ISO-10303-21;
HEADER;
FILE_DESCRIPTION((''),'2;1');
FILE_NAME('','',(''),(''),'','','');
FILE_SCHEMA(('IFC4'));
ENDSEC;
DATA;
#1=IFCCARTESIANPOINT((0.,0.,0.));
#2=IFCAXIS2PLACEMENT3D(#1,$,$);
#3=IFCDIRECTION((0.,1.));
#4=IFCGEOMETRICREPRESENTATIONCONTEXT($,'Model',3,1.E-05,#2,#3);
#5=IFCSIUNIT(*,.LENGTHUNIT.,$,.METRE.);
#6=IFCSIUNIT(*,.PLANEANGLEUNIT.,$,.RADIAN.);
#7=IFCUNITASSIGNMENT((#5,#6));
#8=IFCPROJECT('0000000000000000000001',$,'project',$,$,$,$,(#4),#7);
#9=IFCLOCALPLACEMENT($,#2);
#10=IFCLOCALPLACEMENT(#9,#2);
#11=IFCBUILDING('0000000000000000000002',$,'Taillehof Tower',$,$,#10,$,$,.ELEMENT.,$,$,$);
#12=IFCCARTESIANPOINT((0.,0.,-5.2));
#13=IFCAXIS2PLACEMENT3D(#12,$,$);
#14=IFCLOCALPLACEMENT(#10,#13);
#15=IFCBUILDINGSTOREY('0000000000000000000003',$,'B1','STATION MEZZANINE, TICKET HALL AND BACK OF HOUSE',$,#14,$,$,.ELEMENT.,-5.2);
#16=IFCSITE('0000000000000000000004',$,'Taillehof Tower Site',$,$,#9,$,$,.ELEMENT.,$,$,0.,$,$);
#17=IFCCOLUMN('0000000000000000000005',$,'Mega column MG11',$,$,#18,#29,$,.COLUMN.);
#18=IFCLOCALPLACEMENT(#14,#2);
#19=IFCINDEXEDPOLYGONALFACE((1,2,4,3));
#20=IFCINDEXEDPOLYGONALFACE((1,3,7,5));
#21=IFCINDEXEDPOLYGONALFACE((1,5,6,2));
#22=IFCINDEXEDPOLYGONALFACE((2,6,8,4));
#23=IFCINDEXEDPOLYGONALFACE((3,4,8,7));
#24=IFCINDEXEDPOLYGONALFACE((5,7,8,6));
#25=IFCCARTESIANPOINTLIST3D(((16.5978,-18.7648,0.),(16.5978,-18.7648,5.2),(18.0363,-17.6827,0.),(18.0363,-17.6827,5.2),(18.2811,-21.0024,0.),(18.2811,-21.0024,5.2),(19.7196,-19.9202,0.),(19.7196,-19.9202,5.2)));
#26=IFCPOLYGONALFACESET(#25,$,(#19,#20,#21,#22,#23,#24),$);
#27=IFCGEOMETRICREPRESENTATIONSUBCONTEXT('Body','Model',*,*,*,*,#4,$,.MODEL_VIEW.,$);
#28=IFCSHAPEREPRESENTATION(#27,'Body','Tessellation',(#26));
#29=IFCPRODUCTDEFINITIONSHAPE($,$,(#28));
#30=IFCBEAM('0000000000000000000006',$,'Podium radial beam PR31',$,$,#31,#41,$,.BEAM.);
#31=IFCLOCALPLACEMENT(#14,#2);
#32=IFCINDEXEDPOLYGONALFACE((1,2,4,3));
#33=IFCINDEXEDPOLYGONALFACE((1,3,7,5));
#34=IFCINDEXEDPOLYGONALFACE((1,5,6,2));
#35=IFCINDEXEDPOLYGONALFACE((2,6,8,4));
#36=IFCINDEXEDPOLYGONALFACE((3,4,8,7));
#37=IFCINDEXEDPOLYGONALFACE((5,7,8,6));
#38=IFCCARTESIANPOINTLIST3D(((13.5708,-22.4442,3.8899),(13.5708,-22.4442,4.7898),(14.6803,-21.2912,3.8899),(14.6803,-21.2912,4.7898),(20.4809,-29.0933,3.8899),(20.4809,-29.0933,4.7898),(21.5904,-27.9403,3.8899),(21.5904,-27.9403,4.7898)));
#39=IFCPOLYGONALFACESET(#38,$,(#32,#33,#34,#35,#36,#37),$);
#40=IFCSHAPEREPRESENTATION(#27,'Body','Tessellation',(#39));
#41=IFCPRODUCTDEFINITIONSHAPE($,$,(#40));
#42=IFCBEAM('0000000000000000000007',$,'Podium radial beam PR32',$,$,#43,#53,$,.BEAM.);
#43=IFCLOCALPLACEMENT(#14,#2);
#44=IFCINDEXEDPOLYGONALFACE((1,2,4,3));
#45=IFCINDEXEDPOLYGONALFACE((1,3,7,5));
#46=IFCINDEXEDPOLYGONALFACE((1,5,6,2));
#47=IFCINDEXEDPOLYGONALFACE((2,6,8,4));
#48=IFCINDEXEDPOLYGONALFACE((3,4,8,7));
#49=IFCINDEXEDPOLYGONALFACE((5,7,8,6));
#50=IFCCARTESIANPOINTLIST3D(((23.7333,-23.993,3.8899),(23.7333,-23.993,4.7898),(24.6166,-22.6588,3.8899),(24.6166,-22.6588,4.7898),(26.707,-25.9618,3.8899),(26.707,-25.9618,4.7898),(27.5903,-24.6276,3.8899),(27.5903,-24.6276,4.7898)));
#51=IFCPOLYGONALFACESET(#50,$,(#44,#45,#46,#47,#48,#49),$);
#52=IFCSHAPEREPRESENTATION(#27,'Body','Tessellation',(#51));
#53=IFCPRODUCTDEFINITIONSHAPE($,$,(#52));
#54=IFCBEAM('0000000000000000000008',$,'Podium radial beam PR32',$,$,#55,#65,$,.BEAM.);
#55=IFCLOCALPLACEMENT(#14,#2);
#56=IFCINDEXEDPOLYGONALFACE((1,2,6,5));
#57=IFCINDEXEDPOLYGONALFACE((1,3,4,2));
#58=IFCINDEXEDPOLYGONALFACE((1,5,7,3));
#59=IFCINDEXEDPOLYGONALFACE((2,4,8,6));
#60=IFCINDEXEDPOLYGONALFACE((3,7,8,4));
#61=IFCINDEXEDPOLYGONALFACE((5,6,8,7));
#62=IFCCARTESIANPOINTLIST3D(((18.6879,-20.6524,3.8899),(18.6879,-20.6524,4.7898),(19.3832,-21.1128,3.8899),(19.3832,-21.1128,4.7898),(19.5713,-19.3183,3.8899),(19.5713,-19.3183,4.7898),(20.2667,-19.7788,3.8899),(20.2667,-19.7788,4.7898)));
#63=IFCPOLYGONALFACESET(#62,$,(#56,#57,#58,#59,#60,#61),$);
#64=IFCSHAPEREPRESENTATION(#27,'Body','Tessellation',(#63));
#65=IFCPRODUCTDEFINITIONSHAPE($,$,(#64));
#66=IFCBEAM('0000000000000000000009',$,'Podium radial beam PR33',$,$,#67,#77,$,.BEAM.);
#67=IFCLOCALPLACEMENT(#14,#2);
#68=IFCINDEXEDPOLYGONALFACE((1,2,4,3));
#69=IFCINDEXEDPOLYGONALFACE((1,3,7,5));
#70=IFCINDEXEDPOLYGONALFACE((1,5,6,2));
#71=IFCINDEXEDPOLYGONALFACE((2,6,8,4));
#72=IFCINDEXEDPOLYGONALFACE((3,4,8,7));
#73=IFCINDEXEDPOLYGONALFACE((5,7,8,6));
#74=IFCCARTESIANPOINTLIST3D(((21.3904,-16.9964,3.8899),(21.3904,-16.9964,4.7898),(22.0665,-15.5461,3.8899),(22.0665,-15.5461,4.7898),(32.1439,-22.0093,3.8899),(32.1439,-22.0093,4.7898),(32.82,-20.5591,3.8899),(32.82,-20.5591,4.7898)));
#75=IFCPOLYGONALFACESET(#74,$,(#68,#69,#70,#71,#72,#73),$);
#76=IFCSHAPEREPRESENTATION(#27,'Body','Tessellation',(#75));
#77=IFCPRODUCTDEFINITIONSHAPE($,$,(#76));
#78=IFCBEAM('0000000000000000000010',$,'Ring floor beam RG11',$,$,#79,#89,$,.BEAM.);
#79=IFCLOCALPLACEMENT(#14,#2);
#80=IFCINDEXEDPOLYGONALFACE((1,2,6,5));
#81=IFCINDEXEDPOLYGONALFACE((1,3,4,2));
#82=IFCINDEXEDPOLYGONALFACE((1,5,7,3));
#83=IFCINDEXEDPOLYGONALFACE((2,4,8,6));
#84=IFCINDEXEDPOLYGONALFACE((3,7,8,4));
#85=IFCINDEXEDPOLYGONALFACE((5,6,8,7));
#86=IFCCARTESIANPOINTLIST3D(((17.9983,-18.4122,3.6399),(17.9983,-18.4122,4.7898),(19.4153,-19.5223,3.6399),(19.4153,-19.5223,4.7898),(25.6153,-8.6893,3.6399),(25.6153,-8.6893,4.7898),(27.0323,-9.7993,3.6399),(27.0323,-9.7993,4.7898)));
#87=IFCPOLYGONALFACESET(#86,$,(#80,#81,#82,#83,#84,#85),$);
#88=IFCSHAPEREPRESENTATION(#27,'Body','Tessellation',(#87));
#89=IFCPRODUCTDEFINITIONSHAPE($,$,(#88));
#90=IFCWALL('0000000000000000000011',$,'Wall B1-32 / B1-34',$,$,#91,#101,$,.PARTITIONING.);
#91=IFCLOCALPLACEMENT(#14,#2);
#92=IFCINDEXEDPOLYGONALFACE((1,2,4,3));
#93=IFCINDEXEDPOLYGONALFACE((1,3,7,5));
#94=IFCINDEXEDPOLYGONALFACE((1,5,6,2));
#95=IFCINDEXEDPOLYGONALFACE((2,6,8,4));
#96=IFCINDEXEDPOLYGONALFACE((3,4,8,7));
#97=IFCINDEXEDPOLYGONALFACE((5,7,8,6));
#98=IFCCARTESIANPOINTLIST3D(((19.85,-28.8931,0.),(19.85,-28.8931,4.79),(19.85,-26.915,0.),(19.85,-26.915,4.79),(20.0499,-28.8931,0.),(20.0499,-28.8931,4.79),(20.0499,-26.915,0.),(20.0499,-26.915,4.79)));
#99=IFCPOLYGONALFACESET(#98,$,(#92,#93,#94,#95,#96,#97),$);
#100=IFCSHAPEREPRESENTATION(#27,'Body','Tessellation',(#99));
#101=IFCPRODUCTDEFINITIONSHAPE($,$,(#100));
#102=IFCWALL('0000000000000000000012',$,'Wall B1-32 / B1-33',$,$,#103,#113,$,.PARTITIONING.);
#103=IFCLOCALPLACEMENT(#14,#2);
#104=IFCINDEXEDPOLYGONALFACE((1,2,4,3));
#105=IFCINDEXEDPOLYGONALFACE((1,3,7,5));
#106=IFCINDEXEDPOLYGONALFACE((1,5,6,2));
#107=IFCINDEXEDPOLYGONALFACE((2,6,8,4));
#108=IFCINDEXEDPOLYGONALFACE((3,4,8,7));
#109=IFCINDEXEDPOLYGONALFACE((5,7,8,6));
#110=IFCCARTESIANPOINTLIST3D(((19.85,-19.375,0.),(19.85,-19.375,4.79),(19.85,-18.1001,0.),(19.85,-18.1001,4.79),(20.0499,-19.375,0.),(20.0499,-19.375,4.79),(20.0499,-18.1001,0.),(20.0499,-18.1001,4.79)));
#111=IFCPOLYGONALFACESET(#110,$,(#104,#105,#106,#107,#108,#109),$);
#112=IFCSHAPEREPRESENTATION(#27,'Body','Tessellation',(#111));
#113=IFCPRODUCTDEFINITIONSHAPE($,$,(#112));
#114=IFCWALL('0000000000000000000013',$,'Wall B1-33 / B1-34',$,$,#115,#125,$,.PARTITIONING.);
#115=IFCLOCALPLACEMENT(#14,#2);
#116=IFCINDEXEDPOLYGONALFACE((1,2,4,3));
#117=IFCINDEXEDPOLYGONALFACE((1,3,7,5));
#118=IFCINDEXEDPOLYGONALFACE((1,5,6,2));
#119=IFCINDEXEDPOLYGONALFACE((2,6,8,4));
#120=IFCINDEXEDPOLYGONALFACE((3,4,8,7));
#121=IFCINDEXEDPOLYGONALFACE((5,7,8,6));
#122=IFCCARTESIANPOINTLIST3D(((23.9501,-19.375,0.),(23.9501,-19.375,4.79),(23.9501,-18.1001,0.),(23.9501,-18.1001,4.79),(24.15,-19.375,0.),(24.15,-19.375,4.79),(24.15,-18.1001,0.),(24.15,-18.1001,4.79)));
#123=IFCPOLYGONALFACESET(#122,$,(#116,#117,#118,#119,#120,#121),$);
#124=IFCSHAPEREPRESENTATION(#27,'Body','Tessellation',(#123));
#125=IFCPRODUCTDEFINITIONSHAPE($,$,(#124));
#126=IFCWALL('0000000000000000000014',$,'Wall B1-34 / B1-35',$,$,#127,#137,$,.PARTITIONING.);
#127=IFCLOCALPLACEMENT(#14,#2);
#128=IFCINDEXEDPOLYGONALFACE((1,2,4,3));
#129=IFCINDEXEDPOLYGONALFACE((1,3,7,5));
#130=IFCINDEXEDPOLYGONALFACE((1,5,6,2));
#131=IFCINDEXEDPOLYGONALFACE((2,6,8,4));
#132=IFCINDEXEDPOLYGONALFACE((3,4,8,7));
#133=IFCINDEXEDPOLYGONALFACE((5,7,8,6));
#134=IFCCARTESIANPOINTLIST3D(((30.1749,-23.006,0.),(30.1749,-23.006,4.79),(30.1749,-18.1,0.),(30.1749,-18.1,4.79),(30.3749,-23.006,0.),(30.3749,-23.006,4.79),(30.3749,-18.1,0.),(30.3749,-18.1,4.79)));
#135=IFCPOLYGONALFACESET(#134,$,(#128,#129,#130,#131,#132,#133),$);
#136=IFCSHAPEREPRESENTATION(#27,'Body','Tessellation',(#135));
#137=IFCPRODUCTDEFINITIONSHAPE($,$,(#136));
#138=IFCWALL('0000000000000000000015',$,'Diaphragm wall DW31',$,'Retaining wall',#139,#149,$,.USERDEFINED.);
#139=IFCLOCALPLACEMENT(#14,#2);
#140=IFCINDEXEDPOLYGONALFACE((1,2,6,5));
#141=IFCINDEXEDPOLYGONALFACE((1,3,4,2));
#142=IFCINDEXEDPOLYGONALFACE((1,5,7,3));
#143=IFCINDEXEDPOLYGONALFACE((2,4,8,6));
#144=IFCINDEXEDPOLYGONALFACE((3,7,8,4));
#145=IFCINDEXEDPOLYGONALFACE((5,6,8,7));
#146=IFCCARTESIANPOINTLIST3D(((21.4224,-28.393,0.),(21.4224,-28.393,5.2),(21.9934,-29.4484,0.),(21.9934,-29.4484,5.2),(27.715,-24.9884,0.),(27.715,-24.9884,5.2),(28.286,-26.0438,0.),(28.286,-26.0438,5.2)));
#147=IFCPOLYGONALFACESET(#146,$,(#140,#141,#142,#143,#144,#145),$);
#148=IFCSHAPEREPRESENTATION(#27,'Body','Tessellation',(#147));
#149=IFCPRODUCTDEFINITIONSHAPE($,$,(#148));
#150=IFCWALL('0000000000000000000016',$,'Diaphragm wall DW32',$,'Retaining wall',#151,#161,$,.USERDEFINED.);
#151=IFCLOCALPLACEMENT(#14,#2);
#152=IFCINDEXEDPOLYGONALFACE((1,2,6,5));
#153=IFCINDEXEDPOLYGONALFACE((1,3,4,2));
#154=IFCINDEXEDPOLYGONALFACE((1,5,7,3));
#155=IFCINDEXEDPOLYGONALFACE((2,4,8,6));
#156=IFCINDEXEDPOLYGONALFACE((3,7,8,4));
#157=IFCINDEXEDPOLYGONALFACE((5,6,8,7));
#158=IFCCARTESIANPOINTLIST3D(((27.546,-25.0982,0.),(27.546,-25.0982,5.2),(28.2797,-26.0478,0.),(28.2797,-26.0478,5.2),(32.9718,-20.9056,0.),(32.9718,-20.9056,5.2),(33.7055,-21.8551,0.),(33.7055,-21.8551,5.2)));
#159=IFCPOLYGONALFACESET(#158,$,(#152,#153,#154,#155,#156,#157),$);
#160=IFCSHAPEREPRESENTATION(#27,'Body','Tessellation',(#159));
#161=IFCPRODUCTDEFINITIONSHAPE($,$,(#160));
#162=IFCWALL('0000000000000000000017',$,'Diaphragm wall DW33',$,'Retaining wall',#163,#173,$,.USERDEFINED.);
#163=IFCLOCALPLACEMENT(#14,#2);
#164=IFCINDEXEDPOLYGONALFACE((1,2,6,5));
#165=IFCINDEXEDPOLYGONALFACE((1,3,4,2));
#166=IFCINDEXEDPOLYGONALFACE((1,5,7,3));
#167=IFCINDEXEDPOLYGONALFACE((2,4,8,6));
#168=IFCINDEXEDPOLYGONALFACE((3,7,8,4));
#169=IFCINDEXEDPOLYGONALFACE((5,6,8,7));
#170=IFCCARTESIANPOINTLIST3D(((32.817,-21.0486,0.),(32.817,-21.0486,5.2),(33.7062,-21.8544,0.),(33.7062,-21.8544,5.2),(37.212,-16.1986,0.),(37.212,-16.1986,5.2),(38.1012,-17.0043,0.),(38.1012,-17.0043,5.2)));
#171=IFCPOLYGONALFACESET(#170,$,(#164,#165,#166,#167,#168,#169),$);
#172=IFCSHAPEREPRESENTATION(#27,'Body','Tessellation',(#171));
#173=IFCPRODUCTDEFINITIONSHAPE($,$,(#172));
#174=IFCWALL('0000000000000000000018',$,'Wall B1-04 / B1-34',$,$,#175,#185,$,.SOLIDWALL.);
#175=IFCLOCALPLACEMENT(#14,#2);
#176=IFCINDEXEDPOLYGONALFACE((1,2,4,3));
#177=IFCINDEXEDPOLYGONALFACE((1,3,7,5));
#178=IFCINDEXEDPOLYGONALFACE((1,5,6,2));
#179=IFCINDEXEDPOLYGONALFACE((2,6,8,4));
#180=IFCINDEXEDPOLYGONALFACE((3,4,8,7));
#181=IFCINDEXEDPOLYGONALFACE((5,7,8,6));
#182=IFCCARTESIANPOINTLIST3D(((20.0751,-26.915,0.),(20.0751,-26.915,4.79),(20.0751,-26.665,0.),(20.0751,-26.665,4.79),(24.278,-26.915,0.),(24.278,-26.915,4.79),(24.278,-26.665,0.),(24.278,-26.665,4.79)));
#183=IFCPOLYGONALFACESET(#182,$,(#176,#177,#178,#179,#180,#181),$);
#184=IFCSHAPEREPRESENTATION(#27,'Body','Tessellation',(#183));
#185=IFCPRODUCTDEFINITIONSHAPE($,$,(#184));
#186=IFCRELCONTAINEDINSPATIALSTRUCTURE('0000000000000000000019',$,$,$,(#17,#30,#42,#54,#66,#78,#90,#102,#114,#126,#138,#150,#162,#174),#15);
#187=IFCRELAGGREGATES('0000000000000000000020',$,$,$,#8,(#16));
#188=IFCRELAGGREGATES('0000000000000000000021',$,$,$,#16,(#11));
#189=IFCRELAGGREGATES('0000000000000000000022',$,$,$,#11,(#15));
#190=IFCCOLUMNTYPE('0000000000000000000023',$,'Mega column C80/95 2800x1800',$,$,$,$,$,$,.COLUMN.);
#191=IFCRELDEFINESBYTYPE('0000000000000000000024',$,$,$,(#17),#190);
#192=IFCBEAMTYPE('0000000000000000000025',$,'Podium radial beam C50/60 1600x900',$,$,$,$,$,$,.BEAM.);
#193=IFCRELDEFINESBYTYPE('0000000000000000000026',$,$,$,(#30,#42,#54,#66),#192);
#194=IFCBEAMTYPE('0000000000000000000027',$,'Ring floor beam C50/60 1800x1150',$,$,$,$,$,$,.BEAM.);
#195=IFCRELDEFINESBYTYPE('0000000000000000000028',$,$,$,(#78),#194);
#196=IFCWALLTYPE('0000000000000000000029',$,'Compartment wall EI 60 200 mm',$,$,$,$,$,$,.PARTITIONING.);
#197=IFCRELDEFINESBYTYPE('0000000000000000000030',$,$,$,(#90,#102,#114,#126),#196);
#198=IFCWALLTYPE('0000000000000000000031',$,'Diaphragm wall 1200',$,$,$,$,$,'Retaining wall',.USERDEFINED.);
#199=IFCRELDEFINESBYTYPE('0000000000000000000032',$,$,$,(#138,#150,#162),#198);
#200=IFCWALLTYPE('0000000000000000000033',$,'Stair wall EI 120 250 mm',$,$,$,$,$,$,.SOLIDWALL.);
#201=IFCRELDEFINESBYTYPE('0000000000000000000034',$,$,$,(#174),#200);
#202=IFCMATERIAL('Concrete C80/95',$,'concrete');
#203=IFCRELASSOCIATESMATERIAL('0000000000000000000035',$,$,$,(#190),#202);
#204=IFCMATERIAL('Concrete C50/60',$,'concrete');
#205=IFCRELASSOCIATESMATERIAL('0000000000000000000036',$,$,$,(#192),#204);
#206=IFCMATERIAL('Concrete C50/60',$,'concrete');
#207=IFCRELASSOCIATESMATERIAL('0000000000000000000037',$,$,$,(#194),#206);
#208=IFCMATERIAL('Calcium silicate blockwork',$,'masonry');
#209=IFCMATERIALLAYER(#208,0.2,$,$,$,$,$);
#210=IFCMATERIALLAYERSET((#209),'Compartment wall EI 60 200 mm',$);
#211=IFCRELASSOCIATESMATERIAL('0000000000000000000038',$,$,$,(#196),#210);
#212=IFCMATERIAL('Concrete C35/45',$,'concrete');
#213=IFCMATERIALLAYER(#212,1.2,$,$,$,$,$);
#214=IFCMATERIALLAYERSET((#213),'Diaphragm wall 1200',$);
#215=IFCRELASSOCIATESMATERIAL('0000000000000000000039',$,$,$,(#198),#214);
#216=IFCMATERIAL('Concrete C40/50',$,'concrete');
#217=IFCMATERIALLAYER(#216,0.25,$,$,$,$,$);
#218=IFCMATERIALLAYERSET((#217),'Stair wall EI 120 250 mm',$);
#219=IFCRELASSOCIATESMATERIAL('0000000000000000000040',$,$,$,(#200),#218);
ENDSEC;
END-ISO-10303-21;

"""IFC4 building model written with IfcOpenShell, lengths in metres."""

from ifc_helpers import new_model, si_unit, direction, frame, frame_2d, origin, origin_2d, place, context, subcontext, project, spatial, rectangle, extrude, material, layer, layer_set, material_profile, profile_set, type_object, element, save


model = new_model("IFC4")

# Units and contexts
model_context = context("Model", 3, precision=1e-05, world=origin(), true_north=direction((0.0, 1.0)))
body_context = subcontext(model_context, "Body", "Model", "MODEL_VIEW")
ifc_project = project(units=[si_unit("LENGTHUNIT", "METRE"), si_unit("PLANEANGLEUNIT", "RADIAN")], contexts=[model_context])

# Site, building, storey
site_placement = place(None, origin())
site = spatial("IfcSite", under=ifc_project, at=site_placement, Name="Taillehof Tower Site", CompositionType="ELEMENT", RefElevation=0.0)
building_placement = place(site_placement, origin())
building = spatial("IfcBuilding", under=site, at=building_placement, Name="Taillehof Tower", CompositionType="ELEMENT")
storey_placement = place(building_placement, frame((0.0, 0.0, -5.2)))
storey = spatial("IfcBuildingStorey", under=building, at=storey_placement, Name="B1", Description="STATION MEZZANINE, TICKET HALL AND BACK OF HOUSE", CompositionType="ELEMENT", Elevation=-5.2)

# Column
ifc_material_1 = material(Name="Concrete C80/95", Category="concrete")
ifc_material_profile_1 = material_profile(ifc_material_1, rectangle(XDim=2.8, YDim=1.8, at=origin_2d()), Name="RC 2800x1800")
ifc_profile_set_1 = profile_set([ifc_material_profile_1], Name="Concrete C80/95")
column_type = type_object("IfcColumnType", Name="Mega column C80/95 2800x1800", PredefinedType="COLUMN", material=ifc_profile_set_1)
column_placement = place(storey_placement, frame((18.1587, -19.3425, 0.0), z_axis=(0.0, 0.0, 1.0), x_axis=(0.601174, -0.799118, 0.0)))
element("IfcColumn", 1, at=column_placement, inside=storey, type_object=column_type, Name="Mega column MG11", PredefinedType="COLUMN", context=body_context, shape_type="SweptSolid", body=[
    extrude(rectangle(XDim=2.8, YDim=1.8, at=origin_2d()), origin(), (0.0, 0.0, 1.0), 5.2),
])

# Beams
ifc_material_2 = material(Name="Concrete C50/60", Category="concrete")
ifc_material_profile_2 = material_profile(ifc_material_2, rectangle(XDim=1.6001, YDim=0.8999, at=origin_2d()), Name="RC 1600x900")
ifc_profile_set_2 = profile_set([ifc_material_profile_2], Name="Concrete C50/60")
beam_type_1 = type_object("IfcBeamType", Name="Podium radial beam C50/60 1600x900", PredefinedType="BEAM", material=ifc_profile_set_2)
beam_1_placement = place(storey_placement, frame((21.0356, -28.5168, 4.3398), z_axis=(-0.720584, 0.693368, 0.0), x_axis=(-0.693368, -0.720584, 0.0)))
element("IfcBeam", 2, at=beam_1_placement, inside=storey, type_object=beam_type_1, Name="Podium radial beam PR31", PredefinedType="BEAM", context=body_context, shape_type="SweptSolid", body=[
    extrude(rectangle(XDim=1.6001, YDim=0.8999, at=origin_2d()), origin(), (0.0, 0.0, 1.0), 9.5896),
])
beam_2_placement = place(storey_placement, frame((27.1487, -25.2947, 4.3398), z_axis=(-0.833815, 0.552043, 0.0), x_axis=(-0.552043, -0.833815, 0.0)))
element("IfcBeam", 3, at=beam_2_placement, inside=storey, type_object=beam_type_1, Name="Podium radial beam PR32", PredefinedType="BEAM", context=body_context, shape_type="SweptSolid", body=[
    extrude(rectangle(XDim=1.6001, YDim=0.8999, at=origin_2d()), origin(), (0.0, 0.0, 1.0), 3.5664),
])
beam_3_placement = place(storey_placement, frame((19.825, -20.4458, 4.3398), z_axis=(-0.833758, 0.55213, 0.0), x_axis=(-0.55213, -0.833758, 0.0)))
element("IfcBeam", 4, at=beam_3_placement, inside=storey, type_object=beam_type_1, Name="Podium radial beam PR32", PredefinedType="BEAM", context=body_context, shape_type="SweptSolid", body=[
    extrude(rectangle(XDim=1.6001, YDim=0.8999, at=origin_2d()), origin(), (0.0, 0.0, 1.0), 0.834),
])
beam_4_placement = place(storey_placement, frame((32.4819, -21.2842, 4.3398), z_axis=(-0.906355, 0.422517, 0.0), x_axis=(-0.422517, -0.906355, 0.0)))
element("IfcBeam", 5, at=beam_4_placement, inside=storey, type_object=beam_type_1, Name="Podium radial beam PR33", PredefinedType="BEAM", context=body_context, shape_type="SweptSolid", body=[
    extrude(rectangle(XDim=1.6001, YDim=0.8999, at=origin_2d()), origin(), (0.0, 0.0, 1.0), 11.8645),
])
ifc_material_3 = material(Name="Concrete C50/60", Category="concrete")
ifc_material_profile_3 = material_profile(ifc_material_3, rectangle(XDim=1.8, YDim=1.1499, at=origin_2d()), Name="RC 1800x1150")
ifc_profile_set_3 = profile_set([ifc_material_profile_3], Name="Concrete C50/60")
beam_type_2 = type_object("IfcBeamType", Name="Ring floor beam C50/60 1800x1150", PredefinedType="BEAM", material=ifc_profile_set_3)
beam_5_placement = place(storey_placement, frame((18.7068, -18.9673, 4.2148), z_axis=(0.616696, 0.787202, 0.0), x_axis=(-0.787202, 0.616696, 0.0)))
element("IfcBeam", 6, at=beam_5_placement, inside=storey, type_object=beam_type_2, Name="Ring floor beam RG11", PredefinedType="BEAM", context=body_context, shape_type="SweptSolid", body=[
    extrude(rectangle(XDim=1.8, YDim=1.1499, at=origin_2d()), origin(), (0.0, 0.0, 1.0), 12.3513),
])

# Walls
ifc_material_4 = material(Name="Calcium silicate blockwork", Category="masonry")
ifc_layer_1 = layer(ifc_material_4, 0.2)
ifc_layer_set_1 = layer_set([ifc_layer_1], Name="Compartment wall EI 60 200 mm")
wall_type_1 = type_object("IfcWallType", Name="Compartment wall EI 60 200 mm", PredefinedType="PARTITIONING", material=ifc_layer_set_1)
wall_1_placement = place(storey_placement, frame((19.95, -28.8931, 0.0), z_axis=(0.0, 0.0, 1.0), x_axis=(0.0, 1.0, 0.0)))
element("IfcWall", 7, at=wall_1_placement, inside=storey, type_object=wall_type_1, Name="Wall B1-32 / B1-34", PredefinedType="PARTITIONING", context=body_context, shape_type="SweptSolid", body=[
    extrude(rectangle(XDim=1.978, YDim=0.2, at=frame_2d((0.989, 0.0))), origin(), (0.0, 0.0, 1.0), 4.79),
])
for number, where, z_axis, x_axis, name in (
    (8, (19.95, -19.375, 0.0), (0.0, 0.0, 1.0), (0.0, 1.0, 0.0), "Wall B1-32 / B1-33"),
    (9, (24.05, -19.375, 0.0), (0.0, 0.0, 1.0), (0.0, 1.0, 0.0), "Wall B1-33 / B1-34"),
):
    element("IfcWall", number, at=place(storey_placement, frame(where, z_axis=z_axis, x_axis=x_axis)), inside=storey, type_object=wall_type_1, Name=name, PredefinedType="PARTITIONING", context=body_context, shape_type="SweptSolid", body=[
        extrude(rectangle(XDim=1.2749, YDim=0.2, at=frame_2d((0.6375, 0.0))), origin(), (0.0, 0.0, 1.0), 4.79),
    ])
wall_2_placement = place(storey_placement, frame((30.2749, -23.0061, 0.0), z_axis=(0.0, 0.0, 1.0), x_axis=(0.0, 1.0, 0.0)))
element("IfcWall", 10, at=wall_2_placement, inside=storey, type_object=wall_type_1, Name="Wall B1-34 / B1-35", PredefinedType="PARTITIONING", context=body_context, shape_type="SweptSolid", body=[
    extrude(rectangle(XDim=4.906, YDim=0.2, at=frame_2d((2.4531, 0.0))), origin(), (0.0, 0.0, 1.0), 4.79),
])
ifc_material_5 = material(Name="Concrete C35/45", Category="concrete")
ifc_layer_2 = layer(ifc_material_5, 1.2)
ifc_layer_set_2 = layer_set([ifc_layer_2], Name="Diaphragm wall 1200")
wall_type_2 = type_object("IfcWallType", Name="Diaphragm wall 1200", ElementType="Retaining wall", PredefinedType="USERDEFINED", material=ifc_layer_set_2)
wall_3_placement = place(storey_placement, frame((21.708, -28.9207, 0.0), z_axis=(0.0, 0.0, 1.0), x_axis=(0.879519, 0.475863, 0.0)))
element("IfcWall", 11, at=wall_3_placement, inside=storey, type_object=wall_type_2, Name="Diaphragm wall DW31", ObjectType="Retaining wall", PredefinedType="USERDEFINED", context=body_context, shape_type="SweptSolid", body=[
    extrude(rectangle(XDim=7.1545, YDim=1.2, at=frame_2d((3.5771, 0.0))), origin(), (0.0, 0.0, 1.0), 5.2),
])
wall_4_placement = place(storey_placement, frame((27.9128, -25.573, 0.0), z_axis=(0.0, 0.0, 1.0), x_axis=(0.791287, 0.611445, 0.0)))
element("IfcWall", 12, at=wall_4_placement, inside=storey, type_object=wall_type_2, Name="Diaphragm wall DW32", ObjectType="Retaining wall", PredefinedType="USERDEFINED", context=body_context, shape_type="SweptSolid", body=[
    extrude(rectangle(XDim=6.8569, YDim=1.2, at=frame_2d((3.4285, 0.0))), origin(), (0.0, 0.0, 1.0), 5.2),
])
wall_5_placement = place(storey_placement, frame((33.2617, -21.4514, 0.0), z_axis=(0.0, 0.0, 1.0), x_axis=(0.671487, 0.741016, 0.0)))
element("IfcWall", 13, at=wall_5_placement, inside=storey, type_object=wall_type_2, Name="Diaphragm wall DW33", ObjectType="Retaining wall", PredefinedType="USERDEFINED", context=body_context, shape_type="SweptSolid", body=[
    extrude(rectangle(XDim=6.5452, YDim=1.2, at=frame_2d((3.2725, 0.0))), origin(), (0.0, 0.0, 1.0), 5.2),
])
ifc_material_6 = material(Name="Concrete C40/50", Category="concrete")
ifc_layer_3 = layer(ifc_material_6, 0.25)
ifc_layer_set_3 = layer_set([ifc_layer_3], Name="Stair wall EI 120 250 mm")
wall_type_3 = type_object("IfcWallType", Name="Stair wall EI 120 250 mm", PredefinedType="SOLIDWALL", material=ifc_layer_set_3)
wall_6_placement = place(storey_placement, frame((20.075, -26.79, 0.0), z_axis=(0.0, 0.0, 1.0), x_axis=(1.0, 0.0, 0.0)))
element("IfcWall", 14, at=wall_6_placement, inside=storey, type_object=wall_type_3, Name="Wall B1-04 / B1-34", PredefinedType="SOLIDWALL", context=body_context, shape_type="SweptSolid", body=[
    extrude(rectangle(XDim=4.2029, YDim=0.25, at=frame_2d((2.1016, 0.0))), origin(), (0.0, 0.0, 1.0), 4.79),
])

save(model, "model.ifc")
